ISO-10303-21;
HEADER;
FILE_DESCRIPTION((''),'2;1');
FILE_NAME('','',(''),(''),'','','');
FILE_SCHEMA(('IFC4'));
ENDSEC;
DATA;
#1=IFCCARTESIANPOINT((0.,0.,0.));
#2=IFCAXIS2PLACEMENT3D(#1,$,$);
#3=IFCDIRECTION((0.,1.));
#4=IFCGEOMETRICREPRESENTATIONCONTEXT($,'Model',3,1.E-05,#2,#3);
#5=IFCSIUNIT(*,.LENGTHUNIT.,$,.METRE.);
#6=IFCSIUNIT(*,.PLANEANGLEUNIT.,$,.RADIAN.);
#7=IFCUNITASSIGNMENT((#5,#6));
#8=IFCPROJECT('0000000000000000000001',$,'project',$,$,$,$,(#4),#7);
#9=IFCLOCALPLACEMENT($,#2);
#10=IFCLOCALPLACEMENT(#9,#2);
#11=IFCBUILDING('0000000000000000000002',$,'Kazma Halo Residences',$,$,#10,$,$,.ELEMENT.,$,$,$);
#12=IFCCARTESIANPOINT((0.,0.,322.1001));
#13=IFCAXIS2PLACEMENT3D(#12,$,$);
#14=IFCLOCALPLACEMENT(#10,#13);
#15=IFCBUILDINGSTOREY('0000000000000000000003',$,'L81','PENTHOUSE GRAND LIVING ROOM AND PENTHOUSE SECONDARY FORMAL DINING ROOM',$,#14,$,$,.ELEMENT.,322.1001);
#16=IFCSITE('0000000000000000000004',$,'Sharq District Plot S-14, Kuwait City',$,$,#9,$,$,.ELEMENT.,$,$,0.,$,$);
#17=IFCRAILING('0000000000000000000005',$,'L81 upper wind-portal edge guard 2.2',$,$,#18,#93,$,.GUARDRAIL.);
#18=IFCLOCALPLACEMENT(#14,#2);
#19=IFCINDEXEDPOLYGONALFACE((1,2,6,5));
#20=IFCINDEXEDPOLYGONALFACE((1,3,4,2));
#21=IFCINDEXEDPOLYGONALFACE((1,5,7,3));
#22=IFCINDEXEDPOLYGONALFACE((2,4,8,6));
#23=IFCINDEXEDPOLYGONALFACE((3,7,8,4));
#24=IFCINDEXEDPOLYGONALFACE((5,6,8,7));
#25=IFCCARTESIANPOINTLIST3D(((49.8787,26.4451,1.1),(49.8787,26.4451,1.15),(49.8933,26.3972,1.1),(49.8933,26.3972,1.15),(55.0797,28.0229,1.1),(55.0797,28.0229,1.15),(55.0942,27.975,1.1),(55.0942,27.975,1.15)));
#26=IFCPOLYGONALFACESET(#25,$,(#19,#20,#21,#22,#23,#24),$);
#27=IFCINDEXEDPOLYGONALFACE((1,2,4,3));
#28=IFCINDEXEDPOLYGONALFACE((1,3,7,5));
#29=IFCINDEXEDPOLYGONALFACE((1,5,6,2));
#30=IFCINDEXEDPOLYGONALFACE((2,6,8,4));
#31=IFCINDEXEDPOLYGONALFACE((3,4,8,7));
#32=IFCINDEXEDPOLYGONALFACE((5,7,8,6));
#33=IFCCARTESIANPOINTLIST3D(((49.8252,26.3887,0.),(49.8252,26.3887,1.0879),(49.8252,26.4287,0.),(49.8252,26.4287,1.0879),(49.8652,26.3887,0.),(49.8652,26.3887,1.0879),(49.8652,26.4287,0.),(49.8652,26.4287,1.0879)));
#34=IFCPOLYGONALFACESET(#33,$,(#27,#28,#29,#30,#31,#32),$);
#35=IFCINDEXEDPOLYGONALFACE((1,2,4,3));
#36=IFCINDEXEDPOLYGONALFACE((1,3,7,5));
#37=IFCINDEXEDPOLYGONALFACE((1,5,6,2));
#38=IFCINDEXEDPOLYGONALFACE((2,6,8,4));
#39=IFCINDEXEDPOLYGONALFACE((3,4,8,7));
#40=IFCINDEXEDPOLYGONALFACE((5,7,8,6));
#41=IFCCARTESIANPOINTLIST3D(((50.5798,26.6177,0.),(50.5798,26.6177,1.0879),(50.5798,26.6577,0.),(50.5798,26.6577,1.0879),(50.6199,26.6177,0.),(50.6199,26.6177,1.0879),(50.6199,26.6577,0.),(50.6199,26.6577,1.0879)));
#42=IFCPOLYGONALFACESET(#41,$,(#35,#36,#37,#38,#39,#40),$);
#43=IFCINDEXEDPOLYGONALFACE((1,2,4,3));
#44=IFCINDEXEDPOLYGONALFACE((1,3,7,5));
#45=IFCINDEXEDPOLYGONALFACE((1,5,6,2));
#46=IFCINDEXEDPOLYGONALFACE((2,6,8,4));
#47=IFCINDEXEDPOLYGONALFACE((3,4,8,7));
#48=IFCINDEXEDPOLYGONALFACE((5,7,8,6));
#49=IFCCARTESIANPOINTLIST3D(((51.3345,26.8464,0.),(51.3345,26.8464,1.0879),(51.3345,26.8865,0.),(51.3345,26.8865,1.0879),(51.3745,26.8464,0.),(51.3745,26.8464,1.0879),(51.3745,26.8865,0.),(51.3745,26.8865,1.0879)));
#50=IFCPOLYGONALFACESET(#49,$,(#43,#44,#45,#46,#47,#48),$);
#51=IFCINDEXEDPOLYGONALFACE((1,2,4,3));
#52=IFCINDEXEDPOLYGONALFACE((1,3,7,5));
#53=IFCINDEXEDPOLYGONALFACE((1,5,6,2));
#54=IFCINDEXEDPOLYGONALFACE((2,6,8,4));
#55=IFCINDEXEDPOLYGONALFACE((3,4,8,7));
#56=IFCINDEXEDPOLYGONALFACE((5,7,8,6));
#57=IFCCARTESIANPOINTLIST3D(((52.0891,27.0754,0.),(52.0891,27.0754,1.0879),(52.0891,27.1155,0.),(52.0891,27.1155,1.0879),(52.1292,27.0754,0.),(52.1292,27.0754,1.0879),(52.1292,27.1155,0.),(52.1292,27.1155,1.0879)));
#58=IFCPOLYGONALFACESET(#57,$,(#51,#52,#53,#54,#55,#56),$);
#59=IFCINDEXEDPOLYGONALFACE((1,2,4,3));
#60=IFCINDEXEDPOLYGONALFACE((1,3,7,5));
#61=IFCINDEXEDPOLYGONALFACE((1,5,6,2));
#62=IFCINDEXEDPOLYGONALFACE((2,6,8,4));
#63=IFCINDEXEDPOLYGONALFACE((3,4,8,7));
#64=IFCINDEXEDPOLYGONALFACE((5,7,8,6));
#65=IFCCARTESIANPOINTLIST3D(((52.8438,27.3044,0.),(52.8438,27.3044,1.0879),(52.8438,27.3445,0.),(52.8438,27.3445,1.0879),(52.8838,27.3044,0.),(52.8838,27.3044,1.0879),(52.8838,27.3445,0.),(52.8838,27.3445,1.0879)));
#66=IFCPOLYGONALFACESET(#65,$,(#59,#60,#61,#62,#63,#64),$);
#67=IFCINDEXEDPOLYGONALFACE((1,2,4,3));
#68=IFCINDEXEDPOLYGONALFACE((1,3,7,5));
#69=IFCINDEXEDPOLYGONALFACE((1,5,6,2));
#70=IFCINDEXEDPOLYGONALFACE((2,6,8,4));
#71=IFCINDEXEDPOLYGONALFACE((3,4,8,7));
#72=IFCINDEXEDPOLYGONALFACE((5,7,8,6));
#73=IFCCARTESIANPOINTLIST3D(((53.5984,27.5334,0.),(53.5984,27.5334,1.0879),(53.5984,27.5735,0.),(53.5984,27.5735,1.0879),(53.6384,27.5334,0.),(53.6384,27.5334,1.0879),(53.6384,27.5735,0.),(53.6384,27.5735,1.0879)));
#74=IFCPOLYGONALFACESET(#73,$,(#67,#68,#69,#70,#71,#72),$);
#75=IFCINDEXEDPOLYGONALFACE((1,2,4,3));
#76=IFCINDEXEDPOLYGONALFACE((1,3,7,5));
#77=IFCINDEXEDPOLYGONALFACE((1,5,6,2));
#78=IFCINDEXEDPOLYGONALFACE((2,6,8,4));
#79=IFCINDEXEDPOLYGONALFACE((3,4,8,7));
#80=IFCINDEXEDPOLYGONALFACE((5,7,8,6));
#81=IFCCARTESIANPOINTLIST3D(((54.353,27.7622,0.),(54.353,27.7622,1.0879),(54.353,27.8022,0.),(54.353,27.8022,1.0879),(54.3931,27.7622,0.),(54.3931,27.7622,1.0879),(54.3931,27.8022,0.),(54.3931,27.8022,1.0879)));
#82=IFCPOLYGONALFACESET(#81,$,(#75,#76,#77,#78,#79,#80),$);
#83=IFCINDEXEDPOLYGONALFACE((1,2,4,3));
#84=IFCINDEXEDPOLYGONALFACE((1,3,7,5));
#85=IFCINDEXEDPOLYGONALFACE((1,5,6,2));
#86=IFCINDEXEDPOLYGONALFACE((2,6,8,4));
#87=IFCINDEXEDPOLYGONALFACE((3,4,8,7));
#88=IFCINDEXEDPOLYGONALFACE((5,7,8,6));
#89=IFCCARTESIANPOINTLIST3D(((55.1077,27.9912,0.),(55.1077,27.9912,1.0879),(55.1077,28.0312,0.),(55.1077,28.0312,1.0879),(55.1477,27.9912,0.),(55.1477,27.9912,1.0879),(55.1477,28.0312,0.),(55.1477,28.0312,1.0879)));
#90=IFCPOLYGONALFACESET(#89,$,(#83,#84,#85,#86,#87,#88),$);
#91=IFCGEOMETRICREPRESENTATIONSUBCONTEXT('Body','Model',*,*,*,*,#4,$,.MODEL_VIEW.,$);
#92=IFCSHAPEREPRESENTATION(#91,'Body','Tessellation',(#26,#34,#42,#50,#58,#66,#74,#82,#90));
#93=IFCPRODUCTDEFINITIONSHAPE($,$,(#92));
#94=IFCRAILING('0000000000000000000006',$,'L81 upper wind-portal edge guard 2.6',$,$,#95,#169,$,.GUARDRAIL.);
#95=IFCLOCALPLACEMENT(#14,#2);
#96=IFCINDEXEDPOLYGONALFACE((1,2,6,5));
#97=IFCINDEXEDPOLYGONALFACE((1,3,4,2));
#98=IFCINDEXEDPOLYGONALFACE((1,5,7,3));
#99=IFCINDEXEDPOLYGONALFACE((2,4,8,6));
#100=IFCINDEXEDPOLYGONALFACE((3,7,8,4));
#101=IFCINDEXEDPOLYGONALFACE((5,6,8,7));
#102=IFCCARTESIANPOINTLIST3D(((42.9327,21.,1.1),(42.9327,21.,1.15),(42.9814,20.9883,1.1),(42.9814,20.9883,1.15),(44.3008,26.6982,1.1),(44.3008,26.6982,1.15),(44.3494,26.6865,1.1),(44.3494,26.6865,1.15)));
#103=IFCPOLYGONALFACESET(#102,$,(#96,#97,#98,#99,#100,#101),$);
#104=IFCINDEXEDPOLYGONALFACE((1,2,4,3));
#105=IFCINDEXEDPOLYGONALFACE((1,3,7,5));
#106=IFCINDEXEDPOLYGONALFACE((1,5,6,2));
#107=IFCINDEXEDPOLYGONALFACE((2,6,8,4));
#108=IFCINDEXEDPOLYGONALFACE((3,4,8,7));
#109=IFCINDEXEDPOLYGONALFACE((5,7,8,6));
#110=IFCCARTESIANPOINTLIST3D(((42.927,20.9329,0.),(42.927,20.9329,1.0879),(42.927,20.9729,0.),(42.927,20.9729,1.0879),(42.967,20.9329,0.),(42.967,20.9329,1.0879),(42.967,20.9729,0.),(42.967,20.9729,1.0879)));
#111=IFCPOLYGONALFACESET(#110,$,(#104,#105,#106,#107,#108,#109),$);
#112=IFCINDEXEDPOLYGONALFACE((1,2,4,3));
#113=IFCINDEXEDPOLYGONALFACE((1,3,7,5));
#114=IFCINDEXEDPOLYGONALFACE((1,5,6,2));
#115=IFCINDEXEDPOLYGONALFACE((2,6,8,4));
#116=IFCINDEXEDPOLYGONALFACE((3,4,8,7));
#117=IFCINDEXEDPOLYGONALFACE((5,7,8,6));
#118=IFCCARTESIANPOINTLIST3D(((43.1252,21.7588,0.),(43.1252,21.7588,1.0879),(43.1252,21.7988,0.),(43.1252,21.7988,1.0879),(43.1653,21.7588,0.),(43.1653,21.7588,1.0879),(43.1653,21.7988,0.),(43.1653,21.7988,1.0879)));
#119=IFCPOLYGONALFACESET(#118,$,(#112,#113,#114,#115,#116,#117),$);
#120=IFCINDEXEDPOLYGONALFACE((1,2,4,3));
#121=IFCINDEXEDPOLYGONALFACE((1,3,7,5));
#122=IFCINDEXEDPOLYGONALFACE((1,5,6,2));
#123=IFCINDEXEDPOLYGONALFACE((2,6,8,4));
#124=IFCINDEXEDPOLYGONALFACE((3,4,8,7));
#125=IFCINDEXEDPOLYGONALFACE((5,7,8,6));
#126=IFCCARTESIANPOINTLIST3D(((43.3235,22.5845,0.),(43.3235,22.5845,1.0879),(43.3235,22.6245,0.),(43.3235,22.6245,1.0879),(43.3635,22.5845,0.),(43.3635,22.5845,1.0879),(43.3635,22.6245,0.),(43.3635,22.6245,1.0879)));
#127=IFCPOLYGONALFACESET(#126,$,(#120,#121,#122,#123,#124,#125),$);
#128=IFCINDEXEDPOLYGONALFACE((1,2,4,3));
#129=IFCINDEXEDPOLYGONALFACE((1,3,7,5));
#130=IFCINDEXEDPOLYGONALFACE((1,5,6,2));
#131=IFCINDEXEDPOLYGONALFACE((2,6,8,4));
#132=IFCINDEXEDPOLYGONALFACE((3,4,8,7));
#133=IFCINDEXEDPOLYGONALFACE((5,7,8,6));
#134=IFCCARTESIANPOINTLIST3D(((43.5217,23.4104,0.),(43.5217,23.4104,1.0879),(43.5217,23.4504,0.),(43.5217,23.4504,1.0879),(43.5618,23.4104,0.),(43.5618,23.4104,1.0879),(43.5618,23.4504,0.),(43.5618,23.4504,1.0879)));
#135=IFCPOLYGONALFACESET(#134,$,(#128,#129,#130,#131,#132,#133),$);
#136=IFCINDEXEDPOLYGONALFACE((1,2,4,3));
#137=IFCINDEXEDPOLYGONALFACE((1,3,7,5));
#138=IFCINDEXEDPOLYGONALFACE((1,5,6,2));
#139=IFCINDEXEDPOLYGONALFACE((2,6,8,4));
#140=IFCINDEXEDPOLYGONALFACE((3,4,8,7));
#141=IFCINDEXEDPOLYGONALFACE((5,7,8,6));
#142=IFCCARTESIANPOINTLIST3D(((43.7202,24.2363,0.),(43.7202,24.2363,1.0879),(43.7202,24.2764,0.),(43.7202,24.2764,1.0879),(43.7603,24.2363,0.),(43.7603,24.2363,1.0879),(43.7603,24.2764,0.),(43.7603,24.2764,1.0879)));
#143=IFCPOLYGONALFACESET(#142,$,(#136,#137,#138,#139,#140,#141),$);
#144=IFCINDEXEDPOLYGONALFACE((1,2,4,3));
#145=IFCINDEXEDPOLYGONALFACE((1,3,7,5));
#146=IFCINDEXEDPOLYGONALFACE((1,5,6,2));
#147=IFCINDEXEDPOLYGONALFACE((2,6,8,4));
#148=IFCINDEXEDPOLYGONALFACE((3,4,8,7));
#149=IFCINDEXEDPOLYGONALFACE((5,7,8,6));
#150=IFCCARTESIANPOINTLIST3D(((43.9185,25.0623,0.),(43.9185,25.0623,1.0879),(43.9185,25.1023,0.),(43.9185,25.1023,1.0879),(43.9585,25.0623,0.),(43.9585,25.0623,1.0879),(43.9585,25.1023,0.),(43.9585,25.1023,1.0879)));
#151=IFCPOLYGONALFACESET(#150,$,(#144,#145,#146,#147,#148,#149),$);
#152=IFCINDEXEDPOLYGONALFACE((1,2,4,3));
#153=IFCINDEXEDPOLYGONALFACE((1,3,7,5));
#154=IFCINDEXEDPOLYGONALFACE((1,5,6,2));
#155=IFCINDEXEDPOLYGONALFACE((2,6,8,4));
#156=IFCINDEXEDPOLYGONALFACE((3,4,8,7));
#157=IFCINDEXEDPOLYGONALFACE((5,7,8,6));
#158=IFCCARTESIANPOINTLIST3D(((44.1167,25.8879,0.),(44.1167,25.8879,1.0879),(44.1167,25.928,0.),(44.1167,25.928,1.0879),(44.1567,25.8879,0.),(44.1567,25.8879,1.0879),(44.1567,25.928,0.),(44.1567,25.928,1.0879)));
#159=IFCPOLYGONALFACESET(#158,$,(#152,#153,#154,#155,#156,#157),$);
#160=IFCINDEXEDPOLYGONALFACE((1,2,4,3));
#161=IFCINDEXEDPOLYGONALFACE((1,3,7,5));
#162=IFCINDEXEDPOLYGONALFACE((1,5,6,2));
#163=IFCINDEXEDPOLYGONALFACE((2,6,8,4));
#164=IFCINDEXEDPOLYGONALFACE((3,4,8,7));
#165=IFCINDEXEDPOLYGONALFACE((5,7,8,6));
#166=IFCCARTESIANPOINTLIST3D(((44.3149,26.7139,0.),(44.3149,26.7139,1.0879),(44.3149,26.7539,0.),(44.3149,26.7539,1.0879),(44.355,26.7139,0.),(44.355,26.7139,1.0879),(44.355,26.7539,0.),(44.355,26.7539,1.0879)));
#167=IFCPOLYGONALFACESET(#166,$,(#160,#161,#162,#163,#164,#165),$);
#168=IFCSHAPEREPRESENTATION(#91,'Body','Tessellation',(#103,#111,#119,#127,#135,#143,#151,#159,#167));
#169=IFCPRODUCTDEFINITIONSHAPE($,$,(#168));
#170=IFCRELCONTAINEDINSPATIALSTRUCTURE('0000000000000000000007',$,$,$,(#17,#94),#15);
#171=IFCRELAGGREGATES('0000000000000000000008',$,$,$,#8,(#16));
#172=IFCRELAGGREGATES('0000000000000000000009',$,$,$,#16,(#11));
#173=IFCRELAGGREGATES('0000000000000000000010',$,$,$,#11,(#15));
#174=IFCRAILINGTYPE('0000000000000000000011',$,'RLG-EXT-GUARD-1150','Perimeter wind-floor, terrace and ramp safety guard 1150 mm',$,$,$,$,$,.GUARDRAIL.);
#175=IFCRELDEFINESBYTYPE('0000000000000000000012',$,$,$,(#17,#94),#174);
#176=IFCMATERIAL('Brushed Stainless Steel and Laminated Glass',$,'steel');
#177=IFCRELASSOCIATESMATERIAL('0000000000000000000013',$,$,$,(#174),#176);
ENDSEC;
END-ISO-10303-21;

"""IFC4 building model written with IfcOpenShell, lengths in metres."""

from ifc_helpers import new_model, si_unit, direction, frame, origin, origin_2d, place, context, subcontext, project, spatial, rectangle, extrude, material, type_object, element, save


model = new_model("IFC4")

# Units and contexts
model_context = context("Model", 3, precision=1e-05, world=origin(), true_north=direction((0.0, 1.0)))
body_context = subcontext(model_context, "Body", "Model", "MODEL_VIEW")
ifc_project = project(units=[si_unit("LENGTHUNIT", "METRE"), si_unit("PLANEANGLEUNIT", "RADIAN")], contexts=[model_context])

# Site, building, storey
site_placement = place(None, origin())
site = spatial("IfcSite", under=ifc_project, at=site_placement, Name="Sharq District Plot S-14, Kuwait City", CompositionType="ELEMENT", RefElevation=0.0)
building_placement = place(site_placement, origin())
building = spatial("IfcBuilding", under=site, at=building_placement, Name="Kazma Halo Residences", CompositionType="ELEMENT")
storey_placement = place(building_placement, frame((0.0, 0.0, 322.1001)))
storey = spatial("IfcBuildingStorey", under=building, at=storey_placement, Name="L81", Description="PENTHOUSE GRAND LIVING ROOM AND PENTHOUSE SECONDARY FORMAL DINING ROOM", CompositionType="ELEMENT", Elevation=322.1001)

# Railings
ifc_material_1 = material(Name="Brushed Stainless Steel and Laminated Glass", Category="steel")
railing_type_1 = type_object("IfcRailingType", Name="RLG-EXT-GUARD-1150", Description="Perimeter wind-floor, terrace and ramp safety guard 1150 mm", PredefinedType="GUARDRAIL", material=ifc_material_1)
railing_1_placement = place(storey_placement, frame((49.8452, 26.4087, 0.0)))
element("IfcRailing", 1, at=railing_1_placement, inside=storey, type_object=railing_type_1, Name="L81 upper wind-portal edge guard 2.2", PredefinedType="GUARDRAIL", context=body_context, shape_type="SweptSolid", body=[
    extrude(rectangle(XDim=0.05, YDim=0.05, at=origin_2d()), frame((0.0408, 0.0125, 1.125), z_axis=(0.956934, 0.290304, 0.0), x_axis=(-0.290304, 0.956934, 0.0)), (0.0, 0.0, 1.0), 5.4351),
    extrude(rectangle(XDim=0.04, YDim=0.04, at=origin_2d()), origin(), (0.0, 0.0, 1.0), 1.0879),
    extrude(rectangle(XDim=0.04, YDim=0.04, at=origin_2d()), frame((0.7546, 0.229, 0.0)), (0.0, 0.0, 1.0), 1.0879),
    extrude(rectangle(XDim=0.04, YDim=0.04, at=origin_2d()), frame((1.5093, 0.4578, 0.0)), (0.0, 0.0, 1.0), 1.0879),
    extrude(rectangle(XDim=0.04, YDim=0.04, at=origin_2d()), frame((2.2639, 0.6868, 0.0)), (0.0, 0.0, 1.0), 1.0879),
    extrude(rectangle(XDim=0.04, YDim=0.04, at=origin_2d()), frame((3.0186, 0.9158, 0.0)), (0.0, 0.0, 1.0), 1.0879),
    extrude(rectangle(XDim=0.04, YDim=0.04, at=origin_2d()), frame((3.7732, 1.1448, 0.0)), (0.0, 0.0, 1.0), 1.0879),
    extrude(rectangle(XDim=0.04, YDim=0.04, at=origin_2d()), frame((4.5278, 1.3735, 0.0)), (0.0, 0.0, 1.0), 1.0879),
    extrude(rectangle(XDim=0.04, YDim=0.04, at=origin_2d()), frame((5.2825, 1.6025, 0.0)), (0.0, 0.0, 1.0), 1.0879),
])
railing_2_placement = place(storey_placement, frame((42.947, 20.9529, 0.0)))
element("IfcRailing", 2, at=railing_2_placement, inside=storey, type_object=railing_type_1, Name="L81 upper wind-portal edge guard 2.6", PredefinedType="GUARDRAIL", context=body_context, shape_type="SweptSolid", body=[
    extrude(rectangle(XDim=0.05, YDim=0.05, at=origin_2d()), frame((0.01, 0.0413, 1.125), z_axis=(0.233452, 0.972368, 0.0), x_axis=(-0.972368, 0.233452, 0.0)), (0.0, 0.0, 1.0), 5.8601),
    extrude(rectangle(XDim=0.04, YDim=0.04, at=origin_2d()), origin(), (0.0, 0.0, 1.0), 1.0879),
    extrude(rectangle(XDim=0.04, YDim=0.04, at=origin_2d()), frame((0.1982, 0.8259, 0.0)), (0.0, 0.0, 1.0), 1.0879),
    extrude(rectangle(XDim=0.04, YDim=0.04, at=origin_2d()), frame((0.3965, 1.6516, 0.0)), (0.0, 0.0, 1.0), 1.0879),
    extrude(rectangle(XDim=0.04, YDim=0.04, at=origin_2d()), frame((0.5947, 2.4775, 0.0)), (0.0, 0.0, 1.0), 1.0879),
    extrude(rectangle(XDim=0.04, YDim=0.04, at=origin_2d()), frame((0.7932, 3.3035, 0.0)), (0.0, 0.0, 1.0), 1.0879),
    extrude(rectangle(XDim=0.04, YDim=0.04, at=origin_2d()), frame((0.9915, 4.1294, 0.0)), (0.0, 0.0, 1.0), 1.0879),
    extrude(rectangle(XDim=0.04, YDim=0.04, at=origin_2d()), frame((1.1897, 4.9551, 0.0)), (0.0, 0.0, 1.0), 1.0879),
    extrude(rectangle(XDim=0.04, YDim=0.04, at=origin_2d()), frame((1.3879, 5.781, 0.0)), (0.0, 0.0, 1.0), 1.0879),
])

save(model, "model.ifc")
